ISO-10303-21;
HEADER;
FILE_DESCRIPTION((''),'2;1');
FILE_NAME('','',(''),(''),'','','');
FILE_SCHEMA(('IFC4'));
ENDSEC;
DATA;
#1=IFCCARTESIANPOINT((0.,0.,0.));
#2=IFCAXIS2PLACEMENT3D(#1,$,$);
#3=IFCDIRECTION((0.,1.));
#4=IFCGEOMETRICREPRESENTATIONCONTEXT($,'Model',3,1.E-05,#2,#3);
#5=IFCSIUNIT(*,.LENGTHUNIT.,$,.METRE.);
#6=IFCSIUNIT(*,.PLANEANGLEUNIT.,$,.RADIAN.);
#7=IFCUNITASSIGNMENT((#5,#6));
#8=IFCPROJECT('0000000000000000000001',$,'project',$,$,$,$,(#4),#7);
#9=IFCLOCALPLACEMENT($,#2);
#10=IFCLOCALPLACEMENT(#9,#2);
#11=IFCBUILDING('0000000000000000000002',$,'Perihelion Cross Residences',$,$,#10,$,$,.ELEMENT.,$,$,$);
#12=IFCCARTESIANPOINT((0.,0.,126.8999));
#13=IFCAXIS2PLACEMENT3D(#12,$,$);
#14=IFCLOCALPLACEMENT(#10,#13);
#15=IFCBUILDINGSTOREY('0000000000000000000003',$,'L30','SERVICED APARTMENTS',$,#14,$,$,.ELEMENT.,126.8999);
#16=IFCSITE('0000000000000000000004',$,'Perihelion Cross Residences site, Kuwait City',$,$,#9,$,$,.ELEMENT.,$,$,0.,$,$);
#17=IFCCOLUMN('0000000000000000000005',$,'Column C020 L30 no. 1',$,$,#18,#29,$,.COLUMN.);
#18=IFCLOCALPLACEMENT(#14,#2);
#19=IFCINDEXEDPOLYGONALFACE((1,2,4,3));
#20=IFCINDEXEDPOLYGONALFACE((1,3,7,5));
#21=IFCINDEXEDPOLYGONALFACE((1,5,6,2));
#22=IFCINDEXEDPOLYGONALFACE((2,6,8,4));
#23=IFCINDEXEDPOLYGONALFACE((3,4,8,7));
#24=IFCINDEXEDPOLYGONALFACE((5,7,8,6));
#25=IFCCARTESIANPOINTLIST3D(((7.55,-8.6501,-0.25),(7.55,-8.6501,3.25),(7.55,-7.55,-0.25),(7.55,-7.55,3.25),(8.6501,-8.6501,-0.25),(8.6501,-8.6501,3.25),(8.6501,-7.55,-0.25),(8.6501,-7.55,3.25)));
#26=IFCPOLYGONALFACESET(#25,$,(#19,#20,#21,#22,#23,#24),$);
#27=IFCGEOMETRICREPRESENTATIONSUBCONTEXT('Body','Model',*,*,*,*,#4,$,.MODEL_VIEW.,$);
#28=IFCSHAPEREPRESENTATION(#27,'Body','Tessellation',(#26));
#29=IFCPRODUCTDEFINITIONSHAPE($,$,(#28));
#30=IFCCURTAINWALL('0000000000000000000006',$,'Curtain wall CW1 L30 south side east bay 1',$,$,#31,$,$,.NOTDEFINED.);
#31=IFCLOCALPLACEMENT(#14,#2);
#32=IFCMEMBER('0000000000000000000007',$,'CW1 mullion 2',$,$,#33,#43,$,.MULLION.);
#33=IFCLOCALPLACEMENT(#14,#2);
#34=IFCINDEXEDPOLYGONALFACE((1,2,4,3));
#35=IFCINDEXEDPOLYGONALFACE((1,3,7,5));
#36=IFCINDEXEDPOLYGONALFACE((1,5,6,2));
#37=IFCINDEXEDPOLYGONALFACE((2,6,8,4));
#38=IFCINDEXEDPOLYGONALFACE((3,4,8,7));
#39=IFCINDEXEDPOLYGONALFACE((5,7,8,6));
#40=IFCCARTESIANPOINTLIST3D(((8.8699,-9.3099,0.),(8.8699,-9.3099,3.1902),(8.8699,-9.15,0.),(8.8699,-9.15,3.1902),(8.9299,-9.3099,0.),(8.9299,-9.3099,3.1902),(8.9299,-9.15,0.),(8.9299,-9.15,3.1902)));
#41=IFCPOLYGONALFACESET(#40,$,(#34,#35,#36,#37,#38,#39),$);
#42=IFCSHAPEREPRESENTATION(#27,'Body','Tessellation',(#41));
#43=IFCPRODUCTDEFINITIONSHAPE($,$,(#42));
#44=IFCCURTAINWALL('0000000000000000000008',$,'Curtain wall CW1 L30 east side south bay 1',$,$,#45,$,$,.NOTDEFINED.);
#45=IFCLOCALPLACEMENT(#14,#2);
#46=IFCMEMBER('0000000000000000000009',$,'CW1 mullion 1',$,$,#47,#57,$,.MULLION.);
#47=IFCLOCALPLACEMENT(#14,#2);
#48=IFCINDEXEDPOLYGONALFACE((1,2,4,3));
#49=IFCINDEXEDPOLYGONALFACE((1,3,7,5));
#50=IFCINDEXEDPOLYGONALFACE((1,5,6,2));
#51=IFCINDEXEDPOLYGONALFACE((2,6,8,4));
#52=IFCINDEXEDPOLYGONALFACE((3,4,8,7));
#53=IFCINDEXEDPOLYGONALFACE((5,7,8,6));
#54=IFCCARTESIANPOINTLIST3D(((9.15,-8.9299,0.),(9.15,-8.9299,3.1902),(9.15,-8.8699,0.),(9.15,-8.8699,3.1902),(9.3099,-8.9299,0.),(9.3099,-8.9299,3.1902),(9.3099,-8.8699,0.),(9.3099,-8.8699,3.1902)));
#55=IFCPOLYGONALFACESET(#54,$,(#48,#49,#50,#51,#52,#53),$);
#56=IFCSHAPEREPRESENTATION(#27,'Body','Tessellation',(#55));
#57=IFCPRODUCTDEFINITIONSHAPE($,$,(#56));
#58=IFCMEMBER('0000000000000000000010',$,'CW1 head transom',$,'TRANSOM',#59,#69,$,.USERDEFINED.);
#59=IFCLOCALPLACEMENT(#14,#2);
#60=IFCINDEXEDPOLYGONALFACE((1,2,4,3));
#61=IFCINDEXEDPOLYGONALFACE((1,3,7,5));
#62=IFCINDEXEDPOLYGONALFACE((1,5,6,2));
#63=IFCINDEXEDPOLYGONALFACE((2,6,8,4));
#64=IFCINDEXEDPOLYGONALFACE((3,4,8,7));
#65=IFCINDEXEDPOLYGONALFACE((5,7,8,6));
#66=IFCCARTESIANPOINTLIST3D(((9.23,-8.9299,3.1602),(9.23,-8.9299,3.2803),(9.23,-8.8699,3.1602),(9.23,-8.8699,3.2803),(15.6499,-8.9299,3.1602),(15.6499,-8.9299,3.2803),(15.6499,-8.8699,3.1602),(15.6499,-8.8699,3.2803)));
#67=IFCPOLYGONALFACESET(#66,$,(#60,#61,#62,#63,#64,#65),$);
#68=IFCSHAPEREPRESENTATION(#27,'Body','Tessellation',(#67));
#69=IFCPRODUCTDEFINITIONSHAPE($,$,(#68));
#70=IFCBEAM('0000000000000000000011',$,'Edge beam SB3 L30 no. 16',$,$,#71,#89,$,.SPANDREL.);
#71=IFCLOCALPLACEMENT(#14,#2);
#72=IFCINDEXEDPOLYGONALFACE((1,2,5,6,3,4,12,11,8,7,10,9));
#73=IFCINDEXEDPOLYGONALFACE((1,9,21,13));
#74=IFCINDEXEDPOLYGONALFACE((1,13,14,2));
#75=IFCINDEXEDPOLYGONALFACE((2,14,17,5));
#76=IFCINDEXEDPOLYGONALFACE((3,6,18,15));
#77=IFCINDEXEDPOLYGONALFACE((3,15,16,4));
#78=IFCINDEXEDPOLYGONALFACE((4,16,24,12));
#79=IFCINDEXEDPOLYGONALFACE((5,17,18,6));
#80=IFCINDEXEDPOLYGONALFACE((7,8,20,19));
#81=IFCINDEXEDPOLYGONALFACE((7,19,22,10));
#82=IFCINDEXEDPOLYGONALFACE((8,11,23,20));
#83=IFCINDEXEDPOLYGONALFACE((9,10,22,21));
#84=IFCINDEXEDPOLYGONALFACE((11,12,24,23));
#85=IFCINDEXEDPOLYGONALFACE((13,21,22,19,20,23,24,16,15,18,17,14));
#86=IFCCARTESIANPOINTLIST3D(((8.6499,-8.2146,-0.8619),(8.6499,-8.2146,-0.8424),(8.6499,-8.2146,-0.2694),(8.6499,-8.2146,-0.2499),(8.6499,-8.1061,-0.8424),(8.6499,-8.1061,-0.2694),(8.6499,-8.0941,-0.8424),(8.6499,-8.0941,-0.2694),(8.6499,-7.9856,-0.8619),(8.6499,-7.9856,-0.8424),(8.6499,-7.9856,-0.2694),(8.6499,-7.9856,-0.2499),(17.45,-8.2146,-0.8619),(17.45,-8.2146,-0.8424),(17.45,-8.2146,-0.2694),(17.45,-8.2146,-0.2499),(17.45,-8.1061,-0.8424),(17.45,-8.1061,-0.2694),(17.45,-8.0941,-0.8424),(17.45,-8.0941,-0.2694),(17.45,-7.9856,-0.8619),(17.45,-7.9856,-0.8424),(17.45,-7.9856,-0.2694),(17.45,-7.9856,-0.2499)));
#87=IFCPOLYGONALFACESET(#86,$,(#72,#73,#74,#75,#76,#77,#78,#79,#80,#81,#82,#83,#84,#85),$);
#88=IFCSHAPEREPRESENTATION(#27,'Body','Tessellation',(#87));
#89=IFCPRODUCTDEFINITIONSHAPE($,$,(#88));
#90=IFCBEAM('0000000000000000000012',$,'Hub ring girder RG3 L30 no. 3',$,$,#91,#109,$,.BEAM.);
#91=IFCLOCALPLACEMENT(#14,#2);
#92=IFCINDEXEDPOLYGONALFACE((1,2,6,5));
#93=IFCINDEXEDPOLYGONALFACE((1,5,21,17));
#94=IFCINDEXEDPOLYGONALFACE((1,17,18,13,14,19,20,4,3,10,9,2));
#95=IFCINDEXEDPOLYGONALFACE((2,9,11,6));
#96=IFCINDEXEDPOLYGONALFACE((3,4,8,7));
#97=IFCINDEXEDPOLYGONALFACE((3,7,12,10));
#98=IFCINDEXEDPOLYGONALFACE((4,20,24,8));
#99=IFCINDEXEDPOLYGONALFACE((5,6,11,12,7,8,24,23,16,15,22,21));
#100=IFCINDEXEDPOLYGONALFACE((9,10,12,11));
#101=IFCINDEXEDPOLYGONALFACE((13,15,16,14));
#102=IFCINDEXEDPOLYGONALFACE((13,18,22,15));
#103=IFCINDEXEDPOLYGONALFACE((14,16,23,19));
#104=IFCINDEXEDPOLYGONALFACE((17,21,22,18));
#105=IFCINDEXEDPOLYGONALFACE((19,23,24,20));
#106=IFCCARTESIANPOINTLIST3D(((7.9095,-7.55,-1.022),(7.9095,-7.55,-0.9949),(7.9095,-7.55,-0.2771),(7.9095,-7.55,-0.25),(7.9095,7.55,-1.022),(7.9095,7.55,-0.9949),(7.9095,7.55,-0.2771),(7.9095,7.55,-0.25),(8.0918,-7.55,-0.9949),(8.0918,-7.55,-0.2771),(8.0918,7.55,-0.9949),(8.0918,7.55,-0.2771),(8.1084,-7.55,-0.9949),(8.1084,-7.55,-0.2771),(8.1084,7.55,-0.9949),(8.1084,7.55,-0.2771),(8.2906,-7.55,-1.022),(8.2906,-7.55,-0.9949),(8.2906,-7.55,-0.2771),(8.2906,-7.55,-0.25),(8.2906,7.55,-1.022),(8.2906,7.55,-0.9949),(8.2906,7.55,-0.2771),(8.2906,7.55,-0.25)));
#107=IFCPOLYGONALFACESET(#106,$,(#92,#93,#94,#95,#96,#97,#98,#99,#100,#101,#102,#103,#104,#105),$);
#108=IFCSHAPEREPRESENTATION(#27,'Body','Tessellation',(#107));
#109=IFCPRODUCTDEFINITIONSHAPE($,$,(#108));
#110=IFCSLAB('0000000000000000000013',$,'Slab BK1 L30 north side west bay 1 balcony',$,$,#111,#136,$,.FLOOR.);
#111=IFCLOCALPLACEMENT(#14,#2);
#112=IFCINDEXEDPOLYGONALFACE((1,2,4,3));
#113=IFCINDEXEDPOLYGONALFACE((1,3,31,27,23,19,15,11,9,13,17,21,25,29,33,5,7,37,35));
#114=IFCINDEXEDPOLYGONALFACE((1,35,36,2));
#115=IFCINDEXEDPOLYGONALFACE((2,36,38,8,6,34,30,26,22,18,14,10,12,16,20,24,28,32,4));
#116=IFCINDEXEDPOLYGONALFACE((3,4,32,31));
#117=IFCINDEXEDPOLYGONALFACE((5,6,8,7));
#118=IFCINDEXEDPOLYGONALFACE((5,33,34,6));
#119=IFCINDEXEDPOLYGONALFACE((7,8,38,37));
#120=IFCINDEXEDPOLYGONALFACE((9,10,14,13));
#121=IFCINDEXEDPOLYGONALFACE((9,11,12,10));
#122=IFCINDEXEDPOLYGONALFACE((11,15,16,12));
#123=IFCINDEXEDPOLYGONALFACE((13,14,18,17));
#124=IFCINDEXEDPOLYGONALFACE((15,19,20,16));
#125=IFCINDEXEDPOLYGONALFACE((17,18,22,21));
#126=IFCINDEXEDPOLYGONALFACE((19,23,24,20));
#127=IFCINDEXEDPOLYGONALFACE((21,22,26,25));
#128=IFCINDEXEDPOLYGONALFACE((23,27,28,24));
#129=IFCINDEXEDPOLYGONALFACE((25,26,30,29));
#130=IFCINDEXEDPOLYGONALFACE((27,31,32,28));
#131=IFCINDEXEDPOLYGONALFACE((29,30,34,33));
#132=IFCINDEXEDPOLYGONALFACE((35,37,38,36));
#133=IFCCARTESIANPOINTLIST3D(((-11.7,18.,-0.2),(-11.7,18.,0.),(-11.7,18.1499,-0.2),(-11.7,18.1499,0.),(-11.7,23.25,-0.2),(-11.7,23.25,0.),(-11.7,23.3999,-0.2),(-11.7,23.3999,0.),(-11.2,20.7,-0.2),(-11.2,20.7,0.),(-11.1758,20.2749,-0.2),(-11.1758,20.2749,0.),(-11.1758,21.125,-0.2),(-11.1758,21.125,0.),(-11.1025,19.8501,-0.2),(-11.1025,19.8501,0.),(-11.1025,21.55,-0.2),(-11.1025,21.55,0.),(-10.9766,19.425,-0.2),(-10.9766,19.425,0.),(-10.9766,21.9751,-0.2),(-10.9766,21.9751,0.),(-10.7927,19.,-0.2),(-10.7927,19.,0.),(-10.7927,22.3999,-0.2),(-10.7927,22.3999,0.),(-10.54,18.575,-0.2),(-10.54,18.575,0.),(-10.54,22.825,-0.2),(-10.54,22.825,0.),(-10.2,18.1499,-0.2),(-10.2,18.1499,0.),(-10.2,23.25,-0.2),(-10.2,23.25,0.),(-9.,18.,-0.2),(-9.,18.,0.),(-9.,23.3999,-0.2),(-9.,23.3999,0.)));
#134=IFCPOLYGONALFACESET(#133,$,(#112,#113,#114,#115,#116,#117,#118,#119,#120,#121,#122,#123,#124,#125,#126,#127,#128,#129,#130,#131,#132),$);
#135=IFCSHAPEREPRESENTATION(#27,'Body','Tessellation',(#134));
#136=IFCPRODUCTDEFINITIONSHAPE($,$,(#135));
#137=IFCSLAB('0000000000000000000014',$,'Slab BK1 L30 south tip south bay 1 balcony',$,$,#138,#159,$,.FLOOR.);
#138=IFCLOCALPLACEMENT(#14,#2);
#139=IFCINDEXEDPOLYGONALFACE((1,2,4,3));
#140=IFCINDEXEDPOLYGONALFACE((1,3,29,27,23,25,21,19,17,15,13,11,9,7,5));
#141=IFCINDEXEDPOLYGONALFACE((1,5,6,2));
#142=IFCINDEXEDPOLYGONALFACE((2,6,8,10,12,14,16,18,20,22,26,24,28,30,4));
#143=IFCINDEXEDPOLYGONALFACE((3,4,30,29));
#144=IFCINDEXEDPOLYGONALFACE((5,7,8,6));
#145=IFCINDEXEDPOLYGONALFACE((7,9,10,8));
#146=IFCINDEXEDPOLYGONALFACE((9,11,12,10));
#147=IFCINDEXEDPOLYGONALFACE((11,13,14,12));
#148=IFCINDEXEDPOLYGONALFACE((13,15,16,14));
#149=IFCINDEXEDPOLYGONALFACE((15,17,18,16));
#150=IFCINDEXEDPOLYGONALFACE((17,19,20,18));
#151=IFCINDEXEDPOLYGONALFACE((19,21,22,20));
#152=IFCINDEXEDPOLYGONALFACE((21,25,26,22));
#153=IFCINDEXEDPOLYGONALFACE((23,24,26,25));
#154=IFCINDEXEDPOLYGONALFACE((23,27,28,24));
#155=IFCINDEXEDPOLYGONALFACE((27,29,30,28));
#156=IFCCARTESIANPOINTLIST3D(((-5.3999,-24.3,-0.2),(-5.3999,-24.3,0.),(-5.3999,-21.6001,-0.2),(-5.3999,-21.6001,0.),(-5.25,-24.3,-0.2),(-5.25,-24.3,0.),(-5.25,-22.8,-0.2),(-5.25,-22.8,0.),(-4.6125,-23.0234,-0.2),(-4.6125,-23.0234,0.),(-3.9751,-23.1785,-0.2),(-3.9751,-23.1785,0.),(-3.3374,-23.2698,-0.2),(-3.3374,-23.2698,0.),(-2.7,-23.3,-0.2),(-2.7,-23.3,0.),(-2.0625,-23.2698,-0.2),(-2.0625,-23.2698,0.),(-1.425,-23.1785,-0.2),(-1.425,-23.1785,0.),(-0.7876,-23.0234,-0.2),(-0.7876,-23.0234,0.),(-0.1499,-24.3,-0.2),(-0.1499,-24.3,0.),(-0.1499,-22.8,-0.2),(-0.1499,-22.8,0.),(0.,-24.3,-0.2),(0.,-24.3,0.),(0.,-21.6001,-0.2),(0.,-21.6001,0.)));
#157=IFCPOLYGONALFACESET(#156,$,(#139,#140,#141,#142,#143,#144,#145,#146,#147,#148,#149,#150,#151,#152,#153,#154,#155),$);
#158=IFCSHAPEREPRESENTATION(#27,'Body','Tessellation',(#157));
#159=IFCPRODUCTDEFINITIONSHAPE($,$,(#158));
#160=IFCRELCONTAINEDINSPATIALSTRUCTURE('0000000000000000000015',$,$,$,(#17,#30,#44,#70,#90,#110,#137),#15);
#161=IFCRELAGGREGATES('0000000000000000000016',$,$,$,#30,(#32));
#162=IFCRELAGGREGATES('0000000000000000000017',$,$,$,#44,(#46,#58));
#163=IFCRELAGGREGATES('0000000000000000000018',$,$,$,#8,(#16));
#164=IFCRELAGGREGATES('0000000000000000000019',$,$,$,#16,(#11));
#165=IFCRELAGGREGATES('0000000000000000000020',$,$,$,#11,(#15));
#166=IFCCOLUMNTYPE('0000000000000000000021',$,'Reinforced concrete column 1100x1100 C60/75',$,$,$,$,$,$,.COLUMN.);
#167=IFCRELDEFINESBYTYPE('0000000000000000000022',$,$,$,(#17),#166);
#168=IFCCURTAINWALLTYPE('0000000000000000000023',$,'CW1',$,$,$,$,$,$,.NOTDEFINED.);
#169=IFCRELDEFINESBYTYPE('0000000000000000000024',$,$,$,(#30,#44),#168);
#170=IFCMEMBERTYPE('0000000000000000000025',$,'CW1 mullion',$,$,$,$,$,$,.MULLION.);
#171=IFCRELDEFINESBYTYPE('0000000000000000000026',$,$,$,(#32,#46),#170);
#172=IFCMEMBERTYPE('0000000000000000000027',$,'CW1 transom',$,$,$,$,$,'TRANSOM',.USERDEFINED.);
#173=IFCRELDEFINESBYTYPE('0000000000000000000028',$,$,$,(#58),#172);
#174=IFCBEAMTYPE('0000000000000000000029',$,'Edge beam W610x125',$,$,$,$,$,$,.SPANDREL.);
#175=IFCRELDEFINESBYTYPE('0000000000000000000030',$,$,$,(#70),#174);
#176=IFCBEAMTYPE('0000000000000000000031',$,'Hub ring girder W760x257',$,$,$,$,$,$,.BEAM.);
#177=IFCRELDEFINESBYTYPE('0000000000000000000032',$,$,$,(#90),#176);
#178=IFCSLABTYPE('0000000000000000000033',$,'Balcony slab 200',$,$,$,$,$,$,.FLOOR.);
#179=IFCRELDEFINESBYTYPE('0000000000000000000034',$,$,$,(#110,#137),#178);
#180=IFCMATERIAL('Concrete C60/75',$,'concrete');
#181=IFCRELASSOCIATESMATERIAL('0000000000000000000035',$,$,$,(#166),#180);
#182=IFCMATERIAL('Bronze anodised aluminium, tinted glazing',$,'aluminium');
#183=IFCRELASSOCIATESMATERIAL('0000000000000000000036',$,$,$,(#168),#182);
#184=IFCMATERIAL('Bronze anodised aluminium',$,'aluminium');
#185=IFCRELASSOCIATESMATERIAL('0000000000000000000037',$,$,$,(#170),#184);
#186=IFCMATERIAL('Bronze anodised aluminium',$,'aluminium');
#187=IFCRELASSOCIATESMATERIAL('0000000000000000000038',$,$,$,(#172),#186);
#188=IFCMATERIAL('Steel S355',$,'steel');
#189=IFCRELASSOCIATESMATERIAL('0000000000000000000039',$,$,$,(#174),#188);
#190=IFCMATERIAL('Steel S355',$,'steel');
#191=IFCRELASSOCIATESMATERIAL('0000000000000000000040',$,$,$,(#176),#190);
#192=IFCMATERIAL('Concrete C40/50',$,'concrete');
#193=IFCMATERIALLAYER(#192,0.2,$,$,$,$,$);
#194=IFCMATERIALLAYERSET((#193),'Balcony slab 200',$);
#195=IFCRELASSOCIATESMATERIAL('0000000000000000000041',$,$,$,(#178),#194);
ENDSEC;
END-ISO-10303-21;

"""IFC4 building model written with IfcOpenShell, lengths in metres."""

from ifc_helpers import new_model, si_unit, direction, frame, origin, origin_2d, place, context, subcontext, project, spatial, polyline, rectangle, i_section, outline, extrude, material, layer, layer_set, material_profile, profile_set, type_object, element, aggregate, save


model = new_model("IFC4")

# Units and contexts
model_context = context("Model", 3, precision=1e-05, world=origin(), true_north=direction((0.0, 1.0)))
body_context = subcontext(model_context, "Body", "Model", "MODEL_VIEW")
ifc_project = project(units=[si_unit("LENGTHUNIT", "METRE"), si_unit("PLANEANGLEUNIT", "RADIAN")], contexts=[model_context])

# Site, building, storey
site_placement = place(None, origin())
site = spatial("IfcSite", under=ifc_project, at=site_placement, Name="Perihelion Cross Residences site, Kuwait City", CompositionType="ELEMENT", RefElevation=0.0)
building_placement = place(site_placement, origin())
building = spatial("IfcBuilding", under=site, at=building_placement, Name="Perihelion Cross Residences", CompositionType="ELEMENT")
storey_placement = place(building_placement, frame((0.0, 0.0, 126.8999)))
storey = spatial("IfcBuildingStorey", under=building, at=storey_placement, Name="L30", Description="SERVICED APARTMENTS", CompositionType="ELEMENT", Elevation=126.8999)

# Column
ifc_material_1 = material(Name="Concrete C60/75", Category="concrete")
ifc_material_profile_1 = material_profile(ifc_material_1, rectangle(XDim=1.1001, YDim=1.1001, at=origin_2d()), Name="RC 1100x1100")
ifc_profile_set_1 = profile_set([ifc_material_profile_1], Name="Concrete C60/75")
column_type = type_object("IfcColumnType", Name="Reinforced concrete column 1100x1100 C60/75", PredefinedType="COLUMN", material=ifc_profile_set_1)
column_placement = place(storey_placement, frame((8.1001, -8.1001, -0.25), z_axis=(0.0, 0.0, 1.0), x_axis=(1.0, 0.0, 0.0)))
element("IfcColumn", 1, at=column_placement, inside=storey, type_object=column_type, Name="Column C020 L30 no. 1", PredefinedType="COLUMN", context=body_context, shape_type="SweptSolid", body=[
    extrude(rectangle(XDim=1.1001, YDim=1.1001, at=origin_2d()), origin(), (0.0, 0.0, 1.0), 3.5),
])

# Curtain wall, member
ifc_material_2 = material(Name="Bronze anodised aluminium, tinted glazing", Category="aluminium")
curtain_wall_type = type_object("IfcCurtainWallType", Name="CW1", PredefinedType="NOTDEFINED", material=ifc_material_2)
curtain_wall_1_placement = place(storey_placement, origin())
curtain_wall_1 = element("IfcCurtainWall", 2, at=curtain_wall_1_placement, inside=storey, type_object=curtain_wall_type, Name="Curtain wall CW1 L30 south side east bay 1", PredefinedType="NOTDEFINED")
ifc_material_3 = material(Name="Bronze anodised aluminium", Category="aluminium")
ifc_material_profile_2 = material_profile(ifc_material_3, rectangle(XDim=0.0601, YDim=0.1599, at=origin_2d()), Name="CW1 mullion")
ifc_profile_set_2 = profile_set([ifc_material_profile_2], Name="Bronze anodised aluminium")
member_type_1 = type_object("IfcMemberType", Name="CW1 mullion", PredefinedType="MULLION", material=ifc_profile_set_2)
member_1_placement = place(storey_placement, frame((8.8999, -9.23, 0.0), z_axis=(0.0, 0.0, 1.0), x_axis=(-1.0, 0.0, 0.0)))
member_1 = element("IfcMember", 3, at=member_1_placement, type_object=member_type_1, Name="CW1 mullion 2", PredefinedType="MULLION", context=body_context, shape_type="SweptSolid", body=[
    extrude(rectangle(XDim=0.0601, YDim=0.1599, at=origin_2d()), origin(), (0.0, 0.0, 1.0), 3.1902),
])
aggregate(curtain_wall_1, [member_1])

# Curtain wall, members
curtain_wall_2_placement = place(storey_placement, origin())
curtain_wall_2 = element("IfcCurtainWall", 4, at=curtain_wall_2_placement, inside=storey, type_object=curtain_wall_type, Name="Curtain wall CW1 L30 east side south bay 1", PredefinedType="NOTDEFINED")
member_2_placement = place(storey_placement, frame((9.23, -8.8999, 0.0), z_axis=(0.0, 0.0, 1.0), x_axis=(0.0, 1.0, 0.0)))
member_2 = element("IfcMember", 5, at=member_2_placement, type_object=member_type_1, Name="CW1 mullion 1", PredefinedType="MULLION", context=body_context, shape_type="SweptSolid", body=[
    extrude(rectangle(XDim=0.0601, YDim=0.1599, at=origin_2d()), origin(), (0.0, 0.0, 1.0), 3.1902),
])
ifc_material_4 = material(Name="Bronze anodised aluminium", Category="aluminium")
ifc_material_profile_3 = material_profile(ifc_material_4, rectangle(XDim=0.0601, YDim=0.1201, at=origin_2d()), Name="CW1 transom")
ifc_profile_set_3 = profile_set([ifc_material_profile_3], Name="Bronze anodised aluminium")
member_type_2 = type_object("IfcMemberType", Name="CW1 transom", ElementType="TRANSOM", PredefinedType="USERDEFINED", material=ifc_profile_set_3)
member_3_placement = place(storey_placement, frame((9.23, -8.8999, 3.2202), z_axis=(1.0, 0.0, 0.0), x_axis=(0.0, 1.0, 0.0)))
member_3 = element("IfcMember", 6, at=member_3_placement, type_object=member_type_2, Name="CW1 head transom", ObjectType="TRANSOM", PredefinedType="USERDEFINED", context=body_context, shape_type="SweptSolid", body=[
    extrude(rectangle(XDim=0.0601, YDim=0.1201, at=origin_2d()), origin(), (0.0, 0.0, 1.0), 6.4199),
])

# Beams
ifc_material_5 = material(Name="Steel S355", Category="steel")
ifc_material_profile_4 = material_profile(ifc_material_5, i_section(OverallWidth=0.229, OverallDepth=0.6121, WebThickness=0.012, FlangeThickness=0.0195, at=origin_2d()), Name="W610x125")
ifc_profile_set_4 = profile_set([ifc_material_profile_4], Name="Steel S355")
beam_type_1 = type_object("IfcBeamType", Name="Edge beam W610x125", PredefinedType="SPANDREL", material=ifc_profile_set_4)
beam_1_placement = place(storey_placement, frame((8.6499, -8.1001, -0.5559), z_axis=(1.0, 0.0, 0.0), x_axis=(0.0, 1.0, 0.0)))
element("IfcBeam", 7, at=beam_1_placement, inside=storey, type_object=beam_type_1, Name="Edge beam SB3 L30 no. 16", PredefinedType="SPANDREL", context=body_context, shape_type="SweptSolid", body=[
    extrude(i_section(OverallWidth=0.229, OverallDepth=0.6121, WebThickness=0.012, FlangeThickness=0.0195, at=origin_2d()), origin(), (0.0, 0.0, 1.0), 8.8),
])
ifc_material_6 = material(Name="Steel S355", Category="steel")
ifc_material_profile_5 = material_profile(ifc_material_6, i_section(OverallWidth=0.3811, OverallDepth=0.772, WebThickness=0.0166, FlangeThickness=0.0271, at=origin_2d()), Name="W760x257")
ifc_profile_set_5 = profile_set([ifc_material_profile_5], Name="Steel S355")
beam_type_2 = type_object("IfcBeamType", Name="Hub ring girder W760x257", PredefinedType="BEAM", material=ifc_profile_set_5)
beam_2_placement = place(storey_placement, frame((8.1001, -7.55, -0.636), z_axis=(0.0, 1.0, 0.0), x_axis=(-1.0, 0.0, 0.0)))
element("IfcBeam", 8, at=beam_2_placement, inside=storey, type_object=beam_type_2, Name="Hub ring girder RG3 L30 no. 3", PredefinedType="BEAM", context=body_context, shape_type="SweptSolid", body=[
    extrude(i_section(OverallWidth=0.3811, OverallDepth=0.772, WebThickness=0.0166, FlangeThickness=0.0271, at=origin_2d()), origin(), (0.0, 0.0, 1.0), 15.1001),
])

# Slabs
ifc_material_7 = material(Name="Concrete C40/50", Category="concrete")
ifc_layer_1 = layer(ifc_material_7, 0.2)
ifc_layer_set_1 = layer_set([ifc_layer_1], Name="Balcony slab 200")
slab_type_1 = type_object("IfcSlabType", Name="Balcony slab 200", PredefinedType="FLOOR", material=ifc_layer_set_1)
slab_1_placement = place(storey_placement, frame((0.0, 0.0, -0.2)))
element("IfcSlab", 9, at=slab_1_placement, inside=storey, type_object=slab_type_1, Name="Slab BK1 L30 north side west bay 1 balcony", PredefinedType="FLOOR", context=body_context, shape_type="SweptSolid", body=[
    extrude(outline(polyline([(-9.0, 23.3999), (-9.0, 18.0), (-11.7, 18.0), (-11.7, 18.1499), (-10.2, 18.1499), (-10.54, 18.575), (-10.7927, 19.0), (-10.9766, 19.425), (-11.1025, 19.8501), (-11.1758, 20.2749), (-11.2, 20.7), (-11.1758, 21.125), (-11.1025, 21.55), (-10.9766, 21.9751), (-10.7927, 22.3999), (-10.54, 22.825), (-10.2, 23.25), (-11.7, 23.25), (-11.7, 23.3999), (-9.0, 23.3999)])), origin(), (0.0, 0.0, 1.0), 0.2),
])
slab_2_placement = place(storey_placement, frame((0.0, 0.0, -0.2)))
element("IfcSlab", 10, at=slab_2_placement, inside=storey, type_object=slab_type_1, Name="Slab BK1 L30 south tip south bay 1 balcony", PredefinedType="FLOOR", context=body_context, shape_type="SweptSolid", body=[
    extrude(outline(polyline([(-5.3999, -21.6001), (0.0, -21.6001), (0.0, -24.3), (-0.1499, -24.3), (-0.1499, -22.8), (-0.7876, -23.0234), (-1.425, -23.1785), (-2.0625, -23.2698), (-2.7, -23.3), (-3.3374, -23.2698), (-3.9751, -23.1785), (-4.6125, -23.0234), (-5.25, -22.8), (-5.25, -24.3), (-5.3999, -24.3), (-5.3999, -21.6001)])), origin(), (0.0, 0.0, 1.0), 0.2),
])

aggregate(curtain_wall_2, [member_2, member_3])

save(model, "model.ifc")
